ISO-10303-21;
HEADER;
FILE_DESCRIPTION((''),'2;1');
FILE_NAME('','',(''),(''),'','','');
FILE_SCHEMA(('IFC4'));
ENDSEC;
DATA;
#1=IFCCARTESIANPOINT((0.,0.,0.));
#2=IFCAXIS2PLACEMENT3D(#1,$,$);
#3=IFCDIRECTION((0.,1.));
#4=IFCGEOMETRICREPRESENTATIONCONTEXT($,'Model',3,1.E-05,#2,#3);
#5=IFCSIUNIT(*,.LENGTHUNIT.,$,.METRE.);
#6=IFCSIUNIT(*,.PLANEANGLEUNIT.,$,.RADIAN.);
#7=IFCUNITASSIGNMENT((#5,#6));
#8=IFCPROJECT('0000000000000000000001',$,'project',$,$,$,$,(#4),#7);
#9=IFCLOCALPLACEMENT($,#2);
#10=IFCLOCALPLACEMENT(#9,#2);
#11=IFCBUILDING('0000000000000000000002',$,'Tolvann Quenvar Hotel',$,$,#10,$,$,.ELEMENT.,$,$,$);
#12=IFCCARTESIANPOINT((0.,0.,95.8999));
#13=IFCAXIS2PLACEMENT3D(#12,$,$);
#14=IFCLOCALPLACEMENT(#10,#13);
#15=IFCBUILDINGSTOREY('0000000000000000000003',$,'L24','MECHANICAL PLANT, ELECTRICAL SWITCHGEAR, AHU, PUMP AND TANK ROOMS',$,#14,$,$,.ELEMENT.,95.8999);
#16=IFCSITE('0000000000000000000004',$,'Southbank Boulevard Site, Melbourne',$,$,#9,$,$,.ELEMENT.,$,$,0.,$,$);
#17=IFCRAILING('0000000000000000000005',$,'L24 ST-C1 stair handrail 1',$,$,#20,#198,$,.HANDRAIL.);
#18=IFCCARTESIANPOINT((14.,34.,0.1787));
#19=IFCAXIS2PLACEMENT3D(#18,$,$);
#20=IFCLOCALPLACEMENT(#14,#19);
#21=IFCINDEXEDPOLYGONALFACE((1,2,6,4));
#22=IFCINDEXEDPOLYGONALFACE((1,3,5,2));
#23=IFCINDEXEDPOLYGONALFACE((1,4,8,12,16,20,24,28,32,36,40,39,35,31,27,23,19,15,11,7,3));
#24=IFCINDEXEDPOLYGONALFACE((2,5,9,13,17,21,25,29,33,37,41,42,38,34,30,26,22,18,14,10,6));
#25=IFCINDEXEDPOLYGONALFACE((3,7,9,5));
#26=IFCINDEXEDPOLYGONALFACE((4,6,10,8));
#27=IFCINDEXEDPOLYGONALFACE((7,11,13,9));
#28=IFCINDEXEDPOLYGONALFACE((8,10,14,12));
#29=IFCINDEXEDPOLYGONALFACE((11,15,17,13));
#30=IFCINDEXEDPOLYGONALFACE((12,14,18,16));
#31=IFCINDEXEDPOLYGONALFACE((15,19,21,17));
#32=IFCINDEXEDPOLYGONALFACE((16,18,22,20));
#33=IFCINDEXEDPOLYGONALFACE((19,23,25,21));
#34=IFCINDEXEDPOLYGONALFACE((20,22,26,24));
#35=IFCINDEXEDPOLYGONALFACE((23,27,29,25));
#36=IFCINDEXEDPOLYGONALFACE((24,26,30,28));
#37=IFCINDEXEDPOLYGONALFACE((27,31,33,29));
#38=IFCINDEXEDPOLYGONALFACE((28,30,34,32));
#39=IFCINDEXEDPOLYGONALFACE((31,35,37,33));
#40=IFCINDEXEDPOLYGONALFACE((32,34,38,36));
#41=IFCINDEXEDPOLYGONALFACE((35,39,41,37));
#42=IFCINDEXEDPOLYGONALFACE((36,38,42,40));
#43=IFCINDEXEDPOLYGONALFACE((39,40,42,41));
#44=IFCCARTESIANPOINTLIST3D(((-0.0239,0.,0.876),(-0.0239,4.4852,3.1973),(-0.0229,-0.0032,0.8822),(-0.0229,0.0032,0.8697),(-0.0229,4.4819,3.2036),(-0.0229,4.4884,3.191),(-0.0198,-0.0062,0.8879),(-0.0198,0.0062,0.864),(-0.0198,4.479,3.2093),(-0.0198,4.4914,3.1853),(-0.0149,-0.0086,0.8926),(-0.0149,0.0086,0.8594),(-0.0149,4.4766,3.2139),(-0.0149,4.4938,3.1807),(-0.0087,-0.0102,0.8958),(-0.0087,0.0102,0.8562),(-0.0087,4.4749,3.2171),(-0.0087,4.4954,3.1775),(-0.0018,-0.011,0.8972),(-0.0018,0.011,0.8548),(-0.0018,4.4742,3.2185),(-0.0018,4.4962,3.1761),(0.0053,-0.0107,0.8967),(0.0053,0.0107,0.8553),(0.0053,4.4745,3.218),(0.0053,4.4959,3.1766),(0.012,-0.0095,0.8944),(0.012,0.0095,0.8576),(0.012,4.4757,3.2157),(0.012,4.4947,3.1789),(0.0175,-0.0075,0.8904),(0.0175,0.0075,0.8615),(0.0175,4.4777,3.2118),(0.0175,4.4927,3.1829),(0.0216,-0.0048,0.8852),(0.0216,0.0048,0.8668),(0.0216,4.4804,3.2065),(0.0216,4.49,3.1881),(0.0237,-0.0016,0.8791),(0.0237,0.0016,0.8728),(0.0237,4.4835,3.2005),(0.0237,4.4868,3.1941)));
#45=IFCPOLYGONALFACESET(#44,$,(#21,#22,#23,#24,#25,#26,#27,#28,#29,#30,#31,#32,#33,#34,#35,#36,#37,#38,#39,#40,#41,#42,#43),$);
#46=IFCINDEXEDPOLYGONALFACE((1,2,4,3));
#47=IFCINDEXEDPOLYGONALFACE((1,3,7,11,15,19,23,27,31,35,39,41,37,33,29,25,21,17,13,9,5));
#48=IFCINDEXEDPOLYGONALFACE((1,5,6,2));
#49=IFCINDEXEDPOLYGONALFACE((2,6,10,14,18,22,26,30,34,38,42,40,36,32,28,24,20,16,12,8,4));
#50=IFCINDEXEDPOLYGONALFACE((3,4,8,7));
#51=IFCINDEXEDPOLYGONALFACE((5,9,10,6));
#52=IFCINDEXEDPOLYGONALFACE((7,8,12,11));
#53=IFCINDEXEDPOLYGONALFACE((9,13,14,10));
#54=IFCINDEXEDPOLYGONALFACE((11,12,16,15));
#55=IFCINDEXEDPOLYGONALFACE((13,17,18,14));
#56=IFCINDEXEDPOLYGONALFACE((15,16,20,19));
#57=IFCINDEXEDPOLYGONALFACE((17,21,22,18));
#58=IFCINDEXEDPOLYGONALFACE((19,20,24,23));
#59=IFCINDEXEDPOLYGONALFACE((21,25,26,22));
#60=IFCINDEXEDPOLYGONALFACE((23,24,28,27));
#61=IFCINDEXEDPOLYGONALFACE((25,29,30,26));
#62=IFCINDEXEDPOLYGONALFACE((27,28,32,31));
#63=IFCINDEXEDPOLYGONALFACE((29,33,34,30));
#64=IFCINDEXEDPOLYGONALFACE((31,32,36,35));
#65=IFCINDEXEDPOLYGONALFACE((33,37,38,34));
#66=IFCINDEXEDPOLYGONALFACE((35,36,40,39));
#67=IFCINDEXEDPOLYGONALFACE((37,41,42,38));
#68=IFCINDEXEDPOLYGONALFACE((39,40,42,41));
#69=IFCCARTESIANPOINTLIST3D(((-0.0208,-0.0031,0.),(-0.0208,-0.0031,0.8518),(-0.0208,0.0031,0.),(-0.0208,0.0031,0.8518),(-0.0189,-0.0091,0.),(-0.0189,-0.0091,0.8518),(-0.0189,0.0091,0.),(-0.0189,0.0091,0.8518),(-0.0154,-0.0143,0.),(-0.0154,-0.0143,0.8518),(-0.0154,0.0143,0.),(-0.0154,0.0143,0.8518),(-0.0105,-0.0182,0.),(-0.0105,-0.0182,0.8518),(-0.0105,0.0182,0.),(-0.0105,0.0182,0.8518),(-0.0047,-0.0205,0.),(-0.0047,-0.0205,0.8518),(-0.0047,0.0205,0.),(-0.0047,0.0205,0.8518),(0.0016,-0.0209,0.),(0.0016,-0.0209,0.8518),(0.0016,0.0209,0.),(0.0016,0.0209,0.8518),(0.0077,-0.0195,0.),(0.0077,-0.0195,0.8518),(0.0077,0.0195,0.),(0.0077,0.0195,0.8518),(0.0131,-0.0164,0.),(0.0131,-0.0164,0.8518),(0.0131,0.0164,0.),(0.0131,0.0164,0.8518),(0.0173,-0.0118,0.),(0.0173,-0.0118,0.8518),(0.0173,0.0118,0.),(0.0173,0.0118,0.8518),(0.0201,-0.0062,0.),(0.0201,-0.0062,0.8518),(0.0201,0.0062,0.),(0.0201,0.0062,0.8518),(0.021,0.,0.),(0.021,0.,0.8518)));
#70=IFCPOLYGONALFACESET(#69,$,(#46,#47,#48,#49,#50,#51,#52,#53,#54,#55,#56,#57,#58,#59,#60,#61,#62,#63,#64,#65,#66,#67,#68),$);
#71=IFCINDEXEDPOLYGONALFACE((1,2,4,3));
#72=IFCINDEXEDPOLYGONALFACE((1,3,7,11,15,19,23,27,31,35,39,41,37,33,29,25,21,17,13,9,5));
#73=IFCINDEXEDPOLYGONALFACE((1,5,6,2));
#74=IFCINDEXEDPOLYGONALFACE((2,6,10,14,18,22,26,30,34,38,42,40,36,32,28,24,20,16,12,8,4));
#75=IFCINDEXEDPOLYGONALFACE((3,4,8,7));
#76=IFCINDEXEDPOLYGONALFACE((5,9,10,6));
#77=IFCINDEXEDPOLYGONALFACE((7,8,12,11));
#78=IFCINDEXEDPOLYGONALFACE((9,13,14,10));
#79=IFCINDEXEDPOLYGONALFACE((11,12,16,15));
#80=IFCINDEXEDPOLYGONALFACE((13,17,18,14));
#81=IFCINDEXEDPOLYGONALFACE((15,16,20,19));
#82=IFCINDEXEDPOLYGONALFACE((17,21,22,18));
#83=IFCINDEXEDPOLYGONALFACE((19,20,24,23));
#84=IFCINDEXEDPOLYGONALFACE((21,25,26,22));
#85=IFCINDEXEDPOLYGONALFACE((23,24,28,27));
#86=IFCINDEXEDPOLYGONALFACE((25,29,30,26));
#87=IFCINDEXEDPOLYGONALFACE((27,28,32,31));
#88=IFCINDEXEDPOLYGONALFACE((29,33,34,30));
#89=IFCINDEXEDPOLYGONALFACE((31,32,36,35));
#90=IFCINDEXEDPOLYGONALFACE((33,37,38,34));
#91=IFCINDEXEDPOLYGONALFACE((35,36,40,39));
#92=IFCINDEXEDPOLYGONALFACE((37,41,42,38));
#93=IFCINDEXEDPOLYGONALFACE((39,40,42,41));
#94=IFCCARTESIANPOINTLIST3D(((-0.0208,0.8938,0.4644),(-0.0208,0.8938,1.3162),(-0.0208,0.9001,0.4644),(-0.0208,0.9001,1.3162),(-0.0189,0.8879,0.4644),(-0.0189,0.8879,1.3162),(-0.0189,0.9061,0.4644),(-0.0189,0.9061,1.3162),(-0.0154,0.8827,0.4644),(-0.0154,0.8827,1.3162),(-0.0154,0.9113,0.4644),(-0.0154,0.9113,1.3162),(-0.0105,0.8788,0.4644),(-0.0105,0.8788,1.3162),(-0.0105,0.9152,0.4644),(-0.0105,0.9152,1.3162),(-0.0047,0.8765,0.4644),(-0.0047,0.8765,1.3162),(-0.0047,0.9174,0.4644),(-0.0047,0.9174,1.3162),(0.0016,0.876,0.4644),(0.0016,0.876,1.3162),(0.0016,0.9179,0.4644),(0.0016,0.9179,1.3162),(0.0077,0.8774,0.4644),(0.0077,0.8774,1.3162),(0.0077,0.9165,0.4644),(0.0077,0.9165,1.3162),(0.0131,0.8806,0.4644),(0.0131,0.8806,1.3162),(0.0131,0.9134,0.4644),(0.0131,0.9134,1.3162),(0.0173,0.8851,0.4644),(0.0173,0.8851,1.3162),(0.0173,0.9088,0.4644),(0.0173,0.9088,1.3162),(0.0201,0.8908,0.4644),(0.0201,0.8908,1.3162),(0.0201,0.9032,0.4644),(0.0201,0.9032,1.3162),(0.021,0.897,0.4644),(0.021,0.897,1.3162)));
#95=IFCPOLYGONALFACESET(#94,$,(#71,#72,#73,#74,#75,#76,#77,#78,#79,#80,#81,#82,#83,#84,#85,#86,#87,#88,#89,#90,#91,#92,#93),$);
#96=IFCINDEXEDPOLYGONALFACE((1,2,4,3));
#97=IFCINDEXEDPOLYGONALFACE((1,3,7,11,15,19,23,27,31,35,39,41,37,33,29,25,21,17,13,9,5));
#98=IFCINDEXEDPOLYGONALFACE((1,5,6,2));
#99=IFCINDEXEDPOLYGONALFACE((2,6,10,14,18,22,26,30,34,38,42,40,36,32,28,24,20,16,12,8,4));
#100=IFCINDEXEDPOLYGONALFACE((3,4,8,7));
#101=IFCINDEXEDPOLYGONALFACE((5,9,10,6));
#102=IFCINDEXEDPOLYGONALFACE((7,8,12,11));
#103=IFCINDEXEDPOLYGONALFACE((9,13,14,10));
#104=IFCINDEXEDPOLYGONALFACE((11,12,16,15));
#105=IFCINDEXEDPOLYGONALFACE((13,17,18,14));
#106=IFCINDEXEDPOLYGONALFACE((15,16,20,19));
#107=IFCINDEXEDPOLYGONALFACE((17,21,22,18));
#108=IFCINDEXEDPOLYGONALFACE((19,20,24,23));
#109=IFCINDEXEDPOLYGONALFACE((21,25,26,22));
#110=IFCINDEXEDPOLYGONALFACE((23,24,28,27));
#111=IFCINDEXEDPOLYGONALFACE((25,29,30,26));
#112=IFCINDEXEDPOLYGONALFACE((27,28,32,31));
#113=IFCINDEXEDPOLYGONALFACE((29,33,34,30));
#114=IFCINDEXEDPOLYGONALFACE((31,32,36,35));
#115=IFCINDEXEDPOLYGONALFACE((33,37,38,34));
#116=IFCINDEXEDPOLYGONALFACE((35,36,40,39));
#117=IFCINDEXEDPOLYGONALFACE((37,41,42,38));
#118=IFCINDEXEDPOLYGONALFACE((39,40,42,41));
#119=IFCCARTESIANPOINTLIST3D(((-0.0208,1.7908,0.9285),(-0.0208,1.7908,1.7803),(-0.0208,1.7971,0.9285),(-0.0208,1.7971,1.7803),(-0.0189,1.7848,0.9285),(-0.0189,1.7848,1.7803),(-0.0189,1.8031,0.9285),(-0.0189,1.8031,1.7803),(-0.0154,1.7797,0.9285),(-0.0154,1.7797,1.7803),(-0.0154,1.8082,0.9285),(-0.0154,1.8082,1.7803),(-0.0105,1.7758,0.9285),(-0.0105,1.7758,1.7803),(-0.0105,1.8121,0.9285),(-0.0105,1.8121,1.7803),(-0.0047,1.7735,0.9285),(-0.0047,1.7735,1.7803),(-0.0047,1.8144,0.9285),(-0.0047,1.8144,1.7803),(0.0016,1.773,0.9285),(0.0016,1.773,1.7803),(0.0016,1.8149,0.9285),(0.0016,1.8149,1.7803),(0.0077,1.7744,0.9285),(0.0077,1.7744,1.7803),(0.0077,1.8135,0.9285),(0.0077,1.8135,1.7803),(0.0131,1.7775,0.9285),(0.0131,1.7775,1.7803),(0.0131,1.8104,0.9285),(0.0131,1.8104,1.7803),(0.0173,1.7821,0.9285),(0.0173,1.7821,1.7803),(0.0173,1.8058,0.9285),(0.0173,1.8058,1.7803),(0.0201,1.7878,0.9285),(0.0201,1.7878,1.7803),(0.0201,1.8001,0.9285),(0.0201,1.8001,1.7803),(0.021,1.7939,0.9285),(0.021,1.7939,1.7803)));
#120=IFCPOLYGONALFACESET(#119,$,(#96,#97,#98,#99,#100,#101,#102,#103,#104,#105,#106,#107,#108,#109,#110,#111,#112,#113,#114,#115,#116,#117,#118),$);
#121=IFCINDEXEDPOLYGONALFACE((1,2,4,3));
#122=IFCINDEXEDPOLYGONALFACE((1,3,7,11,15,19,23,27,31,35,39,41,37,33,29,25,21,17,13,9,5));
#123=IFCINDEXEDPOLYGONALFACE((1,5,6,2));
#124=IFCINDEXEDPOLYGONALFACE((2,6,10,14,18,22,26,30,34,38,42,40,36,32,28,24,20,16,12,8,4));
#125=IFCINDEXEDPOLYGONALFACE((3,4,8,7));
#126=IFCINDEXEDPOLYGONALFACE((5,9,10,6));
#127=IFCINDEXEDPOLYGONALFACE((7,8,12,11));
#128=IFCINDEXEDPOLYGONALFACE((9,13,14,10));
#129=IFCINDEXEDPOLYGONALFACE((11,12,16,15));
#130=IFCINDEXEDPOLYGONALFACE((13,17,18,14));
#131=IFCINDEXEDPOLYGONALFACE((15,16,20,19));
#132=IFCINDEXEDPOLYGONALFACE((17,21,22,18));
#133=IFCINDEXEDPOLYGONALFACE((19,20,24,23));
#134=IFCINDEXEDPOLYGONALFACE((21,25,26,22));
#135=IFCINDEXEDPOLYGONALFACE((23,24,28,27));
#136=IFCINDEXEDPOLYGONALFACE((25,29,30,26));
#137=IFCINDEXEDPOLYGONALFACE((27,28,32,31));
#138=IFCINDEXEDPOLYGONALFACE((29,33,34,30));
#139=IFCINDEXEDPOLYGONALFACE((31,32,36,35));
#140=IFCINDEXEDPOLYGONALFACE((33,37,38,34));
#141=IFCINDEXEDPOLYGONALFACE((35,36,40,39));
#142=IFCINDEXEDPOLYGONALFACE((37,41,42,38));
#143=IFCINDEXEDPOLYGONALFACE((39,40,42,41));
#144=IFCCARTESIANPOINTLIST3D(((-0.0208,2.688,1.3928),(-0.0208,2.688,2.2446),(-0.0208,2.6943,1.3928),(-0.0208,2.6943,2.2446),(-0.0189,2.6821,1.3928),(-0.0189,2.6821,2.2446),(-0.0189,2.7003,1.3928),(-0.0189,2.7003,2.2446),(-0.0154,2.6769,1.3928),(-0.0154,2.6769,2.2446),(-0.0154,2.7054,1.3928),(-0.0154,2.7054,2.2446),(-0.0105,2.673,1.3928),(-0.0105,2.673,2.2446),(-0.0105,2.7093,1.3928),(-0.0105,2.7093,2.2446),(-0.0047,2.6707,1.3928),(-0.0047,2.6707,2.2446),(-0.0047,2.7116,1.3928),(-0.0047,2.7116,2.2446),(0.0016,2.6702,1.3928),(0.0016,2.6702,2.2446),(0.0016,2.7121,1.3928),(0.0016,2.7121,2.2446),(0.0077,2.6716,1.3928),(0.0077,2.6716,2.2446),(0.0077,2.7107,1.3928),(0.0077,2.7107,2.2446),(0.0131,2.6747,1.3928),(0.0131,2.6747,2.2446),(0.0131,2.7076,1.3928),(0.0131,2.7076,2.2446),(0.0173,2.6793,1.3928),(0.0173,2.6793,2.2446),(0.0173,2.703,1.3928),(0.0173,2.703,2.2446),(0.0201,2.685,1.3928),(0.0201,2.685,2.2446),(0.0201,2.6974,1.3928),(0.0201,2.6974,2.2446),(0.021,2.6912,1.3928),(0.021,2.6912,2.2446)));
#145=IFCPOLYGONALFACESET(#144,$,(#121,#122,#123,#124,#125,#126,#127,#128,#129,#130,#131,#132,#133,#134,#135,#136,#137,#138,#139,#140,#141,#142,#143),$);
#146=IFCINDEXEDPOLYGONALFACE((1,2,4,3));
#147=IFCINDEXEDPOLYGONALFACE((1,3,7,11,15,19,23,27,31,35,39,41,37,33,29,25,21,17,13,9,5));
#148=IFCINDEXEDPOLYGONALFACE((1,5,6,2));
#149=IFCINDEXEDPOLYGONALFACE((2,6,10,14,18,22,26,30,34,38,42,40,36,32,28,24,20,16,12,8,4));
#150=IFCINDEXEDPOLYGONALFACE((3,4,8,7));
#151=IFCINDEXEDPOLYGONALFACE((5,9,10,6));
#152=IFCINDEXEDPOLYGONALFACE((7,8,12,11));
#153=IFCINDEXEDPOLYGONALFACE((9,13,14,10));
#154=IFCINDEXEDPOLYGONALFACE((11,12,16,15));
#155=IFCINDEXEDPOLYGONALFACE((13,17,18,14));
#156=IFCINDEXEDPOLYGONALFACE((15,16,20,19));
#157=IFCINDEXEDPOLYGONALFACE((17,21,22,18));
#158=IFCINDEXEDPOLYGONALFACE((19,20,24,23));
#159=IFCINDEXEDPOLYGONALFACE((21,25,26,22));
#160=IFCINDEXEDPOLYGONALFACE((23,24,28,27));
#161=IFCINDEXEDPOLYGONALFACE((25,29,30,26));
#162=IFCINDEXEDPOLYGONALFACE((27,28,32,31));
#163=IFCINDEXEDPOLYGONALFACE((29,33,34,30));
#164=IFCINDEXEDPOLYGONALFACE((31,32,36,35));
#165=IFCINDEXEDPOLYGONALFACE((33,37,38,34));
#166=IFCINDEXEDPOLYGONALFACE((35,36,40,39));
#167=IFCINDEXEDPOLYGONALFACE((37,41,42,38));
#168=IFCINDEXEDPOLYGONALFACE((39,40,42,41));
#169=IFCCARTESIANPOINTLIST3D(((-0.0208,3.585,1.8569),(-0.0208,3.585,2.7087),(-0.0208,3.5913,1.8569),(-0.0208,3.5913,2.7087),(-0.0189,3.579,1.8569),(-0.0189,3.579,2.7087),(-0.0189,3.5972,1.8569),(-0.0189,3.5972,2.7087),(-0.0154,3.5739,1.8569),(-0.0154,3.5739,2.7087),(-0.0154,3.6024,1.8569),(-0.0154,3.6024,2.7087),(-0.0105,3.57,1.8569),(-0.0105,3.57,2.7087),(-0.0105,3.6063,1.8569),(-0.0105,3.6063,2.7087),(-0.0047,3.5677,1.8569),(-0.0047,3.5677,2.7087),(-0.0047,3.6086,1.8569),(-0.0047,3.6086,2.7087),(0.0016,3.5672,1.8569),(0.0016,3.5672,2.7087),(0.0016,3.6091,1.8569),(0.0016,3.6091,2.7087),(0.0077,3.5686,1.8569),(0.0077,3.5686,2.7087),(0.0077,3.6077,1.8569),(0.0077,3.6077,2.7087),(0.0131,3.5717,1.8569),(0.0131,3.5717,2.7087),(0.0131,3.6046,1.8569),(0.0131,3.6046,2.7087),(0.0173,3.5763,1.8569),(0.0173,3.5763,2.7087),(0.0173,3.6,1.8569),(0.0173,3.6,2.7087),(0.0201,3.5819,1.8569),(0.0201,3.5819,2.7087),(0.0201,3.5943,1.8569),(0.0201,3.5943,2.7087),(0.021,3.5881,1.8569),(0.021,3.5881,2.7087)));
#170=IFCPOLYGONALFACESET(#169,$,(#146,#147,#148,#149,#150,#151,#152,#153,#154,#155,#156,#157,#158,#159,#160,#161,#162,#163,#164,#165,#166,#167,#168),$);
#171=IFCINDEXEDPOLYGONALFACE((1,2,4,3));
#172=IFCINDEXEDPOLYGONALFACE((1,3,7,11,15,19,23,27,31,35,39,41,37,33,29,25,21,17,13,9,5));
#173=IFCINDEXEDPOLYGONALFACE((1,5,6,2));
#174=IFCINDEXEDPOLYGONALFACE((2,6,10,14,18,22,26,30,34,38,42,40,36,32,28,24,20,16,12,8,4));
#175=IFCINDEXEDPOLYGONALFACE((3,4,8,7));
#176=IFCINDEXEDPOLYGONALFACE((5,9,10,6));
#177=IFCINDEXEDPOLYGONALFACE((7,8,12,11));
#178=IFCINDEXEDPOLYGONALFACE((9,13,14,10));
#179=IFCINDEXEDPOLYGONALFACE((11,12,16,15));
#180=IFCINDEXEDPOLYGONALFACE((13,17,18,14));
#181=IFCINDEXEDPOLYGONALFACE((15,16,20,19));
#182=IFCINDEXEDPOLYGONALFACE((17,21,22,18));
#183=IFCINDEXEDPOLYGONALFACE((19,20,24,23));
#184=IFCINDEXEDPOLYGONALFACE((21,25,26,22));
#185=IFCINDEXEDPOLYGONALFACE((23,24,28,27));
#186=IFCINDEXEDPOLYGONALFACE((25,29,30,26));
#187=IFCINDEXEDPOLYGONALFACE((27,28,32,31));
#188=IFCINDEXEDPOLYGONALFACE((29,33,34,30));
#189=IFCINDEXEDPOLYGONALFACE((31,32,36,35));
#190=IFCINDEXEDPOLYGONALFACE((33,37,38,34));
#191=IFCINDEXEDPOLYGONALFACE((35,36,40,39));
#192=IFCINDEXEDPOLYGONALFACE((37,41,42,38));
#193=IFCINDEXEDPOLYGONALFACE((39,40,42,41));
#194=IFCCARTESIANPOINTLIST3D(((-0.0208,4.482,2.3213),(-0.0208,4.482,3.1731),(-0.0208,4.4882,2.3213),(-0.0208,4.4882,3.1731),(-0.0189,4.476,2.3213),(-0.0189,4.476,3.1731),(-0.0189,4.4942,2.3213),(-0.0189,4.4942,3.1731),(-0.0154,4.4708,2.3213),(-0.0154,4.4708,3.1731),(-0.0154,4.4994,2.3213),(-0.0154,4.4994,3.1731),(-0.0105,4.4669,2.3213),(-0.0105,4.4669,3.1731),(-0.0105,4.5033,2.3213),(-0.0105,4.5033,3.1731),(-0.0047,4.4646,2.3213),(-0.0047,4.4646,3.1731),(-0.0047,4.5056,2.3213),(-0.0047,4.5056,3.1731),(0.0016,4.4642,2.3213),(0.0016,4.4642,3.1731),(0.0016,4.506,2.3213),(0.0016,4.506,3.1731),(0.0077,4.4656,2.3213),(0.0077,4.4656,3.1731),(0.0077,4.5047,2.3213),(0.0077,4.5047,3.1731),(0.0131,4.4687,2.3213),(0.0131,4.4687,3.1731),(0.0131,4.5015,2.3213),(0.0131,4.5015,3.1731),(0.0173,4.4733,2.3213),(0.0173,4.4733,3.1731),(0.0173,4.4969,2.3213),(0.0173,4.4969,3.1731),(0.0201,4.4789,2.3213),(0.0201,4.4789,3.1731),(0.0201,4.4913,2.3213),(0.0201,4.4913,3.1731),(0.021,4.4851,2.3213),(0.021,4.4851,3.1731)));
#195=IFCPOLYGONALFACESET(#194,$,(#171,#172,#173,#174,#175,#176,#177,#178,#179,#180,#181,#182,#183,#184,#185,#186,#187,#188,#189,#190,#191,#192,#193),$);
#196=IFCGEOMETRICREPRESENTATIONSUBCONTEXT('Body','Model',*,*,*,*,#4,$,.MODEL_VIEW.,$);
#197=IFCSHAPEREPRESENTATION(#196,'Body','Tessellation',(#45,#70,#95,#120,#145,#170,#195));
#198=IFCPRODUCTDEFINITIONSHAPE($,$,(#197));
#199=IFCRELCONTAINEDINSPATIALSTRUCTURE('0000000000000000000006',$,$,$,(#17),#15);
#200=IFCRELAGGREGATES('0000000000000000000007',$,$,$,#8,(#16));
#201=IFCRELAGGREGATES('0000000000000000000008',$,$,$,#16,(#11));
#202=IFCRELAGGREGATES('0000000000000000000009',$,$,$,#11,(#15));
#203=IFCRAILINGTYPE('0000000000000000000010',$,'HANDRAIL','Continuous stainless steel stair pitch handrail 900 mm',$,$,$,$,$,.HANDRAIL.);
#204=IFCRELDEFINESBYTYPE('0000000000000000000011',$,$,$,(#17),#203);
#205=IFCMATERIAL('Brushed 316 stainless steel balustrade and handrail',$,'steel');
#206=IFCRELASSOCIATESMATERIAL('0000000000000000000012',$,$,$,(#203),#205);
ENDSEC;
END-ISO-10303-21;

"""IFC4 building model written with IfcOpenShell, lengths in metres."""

from ifc_helpers import new_model, si_unit, direction, frame, origin, origin_2d, place, context, subcontext, project, spatial, circle, extrude, material, type_object, element, save


model = new_model("IFC4")

# Units and contexts
model_context = context("Model", 3, precision=1e-05, world=origin(), true_north=direction((0.0, 1.0)))
body_context = subcontext(model_context, "Body", "Model", "MODEL_VIEW")
ifc_project = project(units=[si_unit("LENGTHUNIT", "METRE"), si_unit("PLANEANGLEUNIT", "RADIAN")], contexts=[model_context])

# Site, building, storey
site_placement = place(None, origin())
site = spatial("IfcSite", under=ifc_project, at=site_placement, Name="Southbank Boulevard Site, Melbourne", CompositionType="ELEMENT", RefElevation=0.0)
building_placement = place(site_placement, origin())
building = spatial("IfcBuilding", under=site, at=building_placement, Name="Tolvann Quenvar Hotel", CompositionType="ELEMENT")
storey_placement = place(building_placement, frame((0.0, 0.0, 95.8999)))
storey = spatial("IfcBuildingStorey", under=building, at=storey_placement, Name="L24", Description="MECHANICAL PLANT, ELECTRICAL SWITCHGEAR, AHU, PUMP AND TANK ROOMS", CompositionType="ELEMENT", Elevation=95.8999)

# Railing
ifc_material_1 = material(Name="Brushed 316 stainless steel balustrade and handrail", Category="steel")
railing_type_1 = type_object("IfcRailingType", Name="HANDRAIL", Description="Continuous stainless steel stair pitch handrail 900 mm", PredefinedType="HANDRAIL", material=ifc_material_1)
railing_1_placement = place(storey_placement, frame((14.0, 34.0, 0.1787)))
element("IfcRailing", 1, at=railing_1_placement, inside=storey, type_object=railing_type_1, Name="L24 ST-C1 stair handrail 1", PredefinedType="HANDRAIL", context=body_context, shape_type="SweptSolid", body=[
    extrude(circle(Radius=0.0239, at=origin_2d()), frame((0.0, 0.0, 0.876), z_axis=(0.0, 0.888104, 0.459643), x_axis=(-1.0, 0.0, 0.0)), (0.0, 0.0, 1.0), 5.0503),
    extrude(circle(Radius=0.021, at=origin_2d()), origin(), (0.0, 0.0, 1.0), 0.8518),
    extrude(circle(Radius=0.021, at=origin_2d()), frame((0.0, 0.897, 0.4644)), (0.0, 0.0, 1.0), 0.8518),
    extrude(circle(Radius=0.021, at=origin_2d()), frame((0.0, 1.7939, 0.9285)), (0.0, 0.0, 1.0), 0.8518),
    extrude(circle(Radius=0.021, at=origin_2d()), frame((0.0, 2.6912, 1.3928)), (0.0, 0.0, 1.0), 0.8518),
    extrude(circle(Radius=0.021, at=origin_2d()), frame((0.0, 3.5881, 1.8569)), (0.0, 0.0, 1.0), 0.8518),
    extrude(circle(Radius=0.021, at=origin_2d()), frame((0.0, 4.4851, 2.3213)), (0.0, 0.0, 1.0), 0.8518),
])

save(model, "model.ifc")
